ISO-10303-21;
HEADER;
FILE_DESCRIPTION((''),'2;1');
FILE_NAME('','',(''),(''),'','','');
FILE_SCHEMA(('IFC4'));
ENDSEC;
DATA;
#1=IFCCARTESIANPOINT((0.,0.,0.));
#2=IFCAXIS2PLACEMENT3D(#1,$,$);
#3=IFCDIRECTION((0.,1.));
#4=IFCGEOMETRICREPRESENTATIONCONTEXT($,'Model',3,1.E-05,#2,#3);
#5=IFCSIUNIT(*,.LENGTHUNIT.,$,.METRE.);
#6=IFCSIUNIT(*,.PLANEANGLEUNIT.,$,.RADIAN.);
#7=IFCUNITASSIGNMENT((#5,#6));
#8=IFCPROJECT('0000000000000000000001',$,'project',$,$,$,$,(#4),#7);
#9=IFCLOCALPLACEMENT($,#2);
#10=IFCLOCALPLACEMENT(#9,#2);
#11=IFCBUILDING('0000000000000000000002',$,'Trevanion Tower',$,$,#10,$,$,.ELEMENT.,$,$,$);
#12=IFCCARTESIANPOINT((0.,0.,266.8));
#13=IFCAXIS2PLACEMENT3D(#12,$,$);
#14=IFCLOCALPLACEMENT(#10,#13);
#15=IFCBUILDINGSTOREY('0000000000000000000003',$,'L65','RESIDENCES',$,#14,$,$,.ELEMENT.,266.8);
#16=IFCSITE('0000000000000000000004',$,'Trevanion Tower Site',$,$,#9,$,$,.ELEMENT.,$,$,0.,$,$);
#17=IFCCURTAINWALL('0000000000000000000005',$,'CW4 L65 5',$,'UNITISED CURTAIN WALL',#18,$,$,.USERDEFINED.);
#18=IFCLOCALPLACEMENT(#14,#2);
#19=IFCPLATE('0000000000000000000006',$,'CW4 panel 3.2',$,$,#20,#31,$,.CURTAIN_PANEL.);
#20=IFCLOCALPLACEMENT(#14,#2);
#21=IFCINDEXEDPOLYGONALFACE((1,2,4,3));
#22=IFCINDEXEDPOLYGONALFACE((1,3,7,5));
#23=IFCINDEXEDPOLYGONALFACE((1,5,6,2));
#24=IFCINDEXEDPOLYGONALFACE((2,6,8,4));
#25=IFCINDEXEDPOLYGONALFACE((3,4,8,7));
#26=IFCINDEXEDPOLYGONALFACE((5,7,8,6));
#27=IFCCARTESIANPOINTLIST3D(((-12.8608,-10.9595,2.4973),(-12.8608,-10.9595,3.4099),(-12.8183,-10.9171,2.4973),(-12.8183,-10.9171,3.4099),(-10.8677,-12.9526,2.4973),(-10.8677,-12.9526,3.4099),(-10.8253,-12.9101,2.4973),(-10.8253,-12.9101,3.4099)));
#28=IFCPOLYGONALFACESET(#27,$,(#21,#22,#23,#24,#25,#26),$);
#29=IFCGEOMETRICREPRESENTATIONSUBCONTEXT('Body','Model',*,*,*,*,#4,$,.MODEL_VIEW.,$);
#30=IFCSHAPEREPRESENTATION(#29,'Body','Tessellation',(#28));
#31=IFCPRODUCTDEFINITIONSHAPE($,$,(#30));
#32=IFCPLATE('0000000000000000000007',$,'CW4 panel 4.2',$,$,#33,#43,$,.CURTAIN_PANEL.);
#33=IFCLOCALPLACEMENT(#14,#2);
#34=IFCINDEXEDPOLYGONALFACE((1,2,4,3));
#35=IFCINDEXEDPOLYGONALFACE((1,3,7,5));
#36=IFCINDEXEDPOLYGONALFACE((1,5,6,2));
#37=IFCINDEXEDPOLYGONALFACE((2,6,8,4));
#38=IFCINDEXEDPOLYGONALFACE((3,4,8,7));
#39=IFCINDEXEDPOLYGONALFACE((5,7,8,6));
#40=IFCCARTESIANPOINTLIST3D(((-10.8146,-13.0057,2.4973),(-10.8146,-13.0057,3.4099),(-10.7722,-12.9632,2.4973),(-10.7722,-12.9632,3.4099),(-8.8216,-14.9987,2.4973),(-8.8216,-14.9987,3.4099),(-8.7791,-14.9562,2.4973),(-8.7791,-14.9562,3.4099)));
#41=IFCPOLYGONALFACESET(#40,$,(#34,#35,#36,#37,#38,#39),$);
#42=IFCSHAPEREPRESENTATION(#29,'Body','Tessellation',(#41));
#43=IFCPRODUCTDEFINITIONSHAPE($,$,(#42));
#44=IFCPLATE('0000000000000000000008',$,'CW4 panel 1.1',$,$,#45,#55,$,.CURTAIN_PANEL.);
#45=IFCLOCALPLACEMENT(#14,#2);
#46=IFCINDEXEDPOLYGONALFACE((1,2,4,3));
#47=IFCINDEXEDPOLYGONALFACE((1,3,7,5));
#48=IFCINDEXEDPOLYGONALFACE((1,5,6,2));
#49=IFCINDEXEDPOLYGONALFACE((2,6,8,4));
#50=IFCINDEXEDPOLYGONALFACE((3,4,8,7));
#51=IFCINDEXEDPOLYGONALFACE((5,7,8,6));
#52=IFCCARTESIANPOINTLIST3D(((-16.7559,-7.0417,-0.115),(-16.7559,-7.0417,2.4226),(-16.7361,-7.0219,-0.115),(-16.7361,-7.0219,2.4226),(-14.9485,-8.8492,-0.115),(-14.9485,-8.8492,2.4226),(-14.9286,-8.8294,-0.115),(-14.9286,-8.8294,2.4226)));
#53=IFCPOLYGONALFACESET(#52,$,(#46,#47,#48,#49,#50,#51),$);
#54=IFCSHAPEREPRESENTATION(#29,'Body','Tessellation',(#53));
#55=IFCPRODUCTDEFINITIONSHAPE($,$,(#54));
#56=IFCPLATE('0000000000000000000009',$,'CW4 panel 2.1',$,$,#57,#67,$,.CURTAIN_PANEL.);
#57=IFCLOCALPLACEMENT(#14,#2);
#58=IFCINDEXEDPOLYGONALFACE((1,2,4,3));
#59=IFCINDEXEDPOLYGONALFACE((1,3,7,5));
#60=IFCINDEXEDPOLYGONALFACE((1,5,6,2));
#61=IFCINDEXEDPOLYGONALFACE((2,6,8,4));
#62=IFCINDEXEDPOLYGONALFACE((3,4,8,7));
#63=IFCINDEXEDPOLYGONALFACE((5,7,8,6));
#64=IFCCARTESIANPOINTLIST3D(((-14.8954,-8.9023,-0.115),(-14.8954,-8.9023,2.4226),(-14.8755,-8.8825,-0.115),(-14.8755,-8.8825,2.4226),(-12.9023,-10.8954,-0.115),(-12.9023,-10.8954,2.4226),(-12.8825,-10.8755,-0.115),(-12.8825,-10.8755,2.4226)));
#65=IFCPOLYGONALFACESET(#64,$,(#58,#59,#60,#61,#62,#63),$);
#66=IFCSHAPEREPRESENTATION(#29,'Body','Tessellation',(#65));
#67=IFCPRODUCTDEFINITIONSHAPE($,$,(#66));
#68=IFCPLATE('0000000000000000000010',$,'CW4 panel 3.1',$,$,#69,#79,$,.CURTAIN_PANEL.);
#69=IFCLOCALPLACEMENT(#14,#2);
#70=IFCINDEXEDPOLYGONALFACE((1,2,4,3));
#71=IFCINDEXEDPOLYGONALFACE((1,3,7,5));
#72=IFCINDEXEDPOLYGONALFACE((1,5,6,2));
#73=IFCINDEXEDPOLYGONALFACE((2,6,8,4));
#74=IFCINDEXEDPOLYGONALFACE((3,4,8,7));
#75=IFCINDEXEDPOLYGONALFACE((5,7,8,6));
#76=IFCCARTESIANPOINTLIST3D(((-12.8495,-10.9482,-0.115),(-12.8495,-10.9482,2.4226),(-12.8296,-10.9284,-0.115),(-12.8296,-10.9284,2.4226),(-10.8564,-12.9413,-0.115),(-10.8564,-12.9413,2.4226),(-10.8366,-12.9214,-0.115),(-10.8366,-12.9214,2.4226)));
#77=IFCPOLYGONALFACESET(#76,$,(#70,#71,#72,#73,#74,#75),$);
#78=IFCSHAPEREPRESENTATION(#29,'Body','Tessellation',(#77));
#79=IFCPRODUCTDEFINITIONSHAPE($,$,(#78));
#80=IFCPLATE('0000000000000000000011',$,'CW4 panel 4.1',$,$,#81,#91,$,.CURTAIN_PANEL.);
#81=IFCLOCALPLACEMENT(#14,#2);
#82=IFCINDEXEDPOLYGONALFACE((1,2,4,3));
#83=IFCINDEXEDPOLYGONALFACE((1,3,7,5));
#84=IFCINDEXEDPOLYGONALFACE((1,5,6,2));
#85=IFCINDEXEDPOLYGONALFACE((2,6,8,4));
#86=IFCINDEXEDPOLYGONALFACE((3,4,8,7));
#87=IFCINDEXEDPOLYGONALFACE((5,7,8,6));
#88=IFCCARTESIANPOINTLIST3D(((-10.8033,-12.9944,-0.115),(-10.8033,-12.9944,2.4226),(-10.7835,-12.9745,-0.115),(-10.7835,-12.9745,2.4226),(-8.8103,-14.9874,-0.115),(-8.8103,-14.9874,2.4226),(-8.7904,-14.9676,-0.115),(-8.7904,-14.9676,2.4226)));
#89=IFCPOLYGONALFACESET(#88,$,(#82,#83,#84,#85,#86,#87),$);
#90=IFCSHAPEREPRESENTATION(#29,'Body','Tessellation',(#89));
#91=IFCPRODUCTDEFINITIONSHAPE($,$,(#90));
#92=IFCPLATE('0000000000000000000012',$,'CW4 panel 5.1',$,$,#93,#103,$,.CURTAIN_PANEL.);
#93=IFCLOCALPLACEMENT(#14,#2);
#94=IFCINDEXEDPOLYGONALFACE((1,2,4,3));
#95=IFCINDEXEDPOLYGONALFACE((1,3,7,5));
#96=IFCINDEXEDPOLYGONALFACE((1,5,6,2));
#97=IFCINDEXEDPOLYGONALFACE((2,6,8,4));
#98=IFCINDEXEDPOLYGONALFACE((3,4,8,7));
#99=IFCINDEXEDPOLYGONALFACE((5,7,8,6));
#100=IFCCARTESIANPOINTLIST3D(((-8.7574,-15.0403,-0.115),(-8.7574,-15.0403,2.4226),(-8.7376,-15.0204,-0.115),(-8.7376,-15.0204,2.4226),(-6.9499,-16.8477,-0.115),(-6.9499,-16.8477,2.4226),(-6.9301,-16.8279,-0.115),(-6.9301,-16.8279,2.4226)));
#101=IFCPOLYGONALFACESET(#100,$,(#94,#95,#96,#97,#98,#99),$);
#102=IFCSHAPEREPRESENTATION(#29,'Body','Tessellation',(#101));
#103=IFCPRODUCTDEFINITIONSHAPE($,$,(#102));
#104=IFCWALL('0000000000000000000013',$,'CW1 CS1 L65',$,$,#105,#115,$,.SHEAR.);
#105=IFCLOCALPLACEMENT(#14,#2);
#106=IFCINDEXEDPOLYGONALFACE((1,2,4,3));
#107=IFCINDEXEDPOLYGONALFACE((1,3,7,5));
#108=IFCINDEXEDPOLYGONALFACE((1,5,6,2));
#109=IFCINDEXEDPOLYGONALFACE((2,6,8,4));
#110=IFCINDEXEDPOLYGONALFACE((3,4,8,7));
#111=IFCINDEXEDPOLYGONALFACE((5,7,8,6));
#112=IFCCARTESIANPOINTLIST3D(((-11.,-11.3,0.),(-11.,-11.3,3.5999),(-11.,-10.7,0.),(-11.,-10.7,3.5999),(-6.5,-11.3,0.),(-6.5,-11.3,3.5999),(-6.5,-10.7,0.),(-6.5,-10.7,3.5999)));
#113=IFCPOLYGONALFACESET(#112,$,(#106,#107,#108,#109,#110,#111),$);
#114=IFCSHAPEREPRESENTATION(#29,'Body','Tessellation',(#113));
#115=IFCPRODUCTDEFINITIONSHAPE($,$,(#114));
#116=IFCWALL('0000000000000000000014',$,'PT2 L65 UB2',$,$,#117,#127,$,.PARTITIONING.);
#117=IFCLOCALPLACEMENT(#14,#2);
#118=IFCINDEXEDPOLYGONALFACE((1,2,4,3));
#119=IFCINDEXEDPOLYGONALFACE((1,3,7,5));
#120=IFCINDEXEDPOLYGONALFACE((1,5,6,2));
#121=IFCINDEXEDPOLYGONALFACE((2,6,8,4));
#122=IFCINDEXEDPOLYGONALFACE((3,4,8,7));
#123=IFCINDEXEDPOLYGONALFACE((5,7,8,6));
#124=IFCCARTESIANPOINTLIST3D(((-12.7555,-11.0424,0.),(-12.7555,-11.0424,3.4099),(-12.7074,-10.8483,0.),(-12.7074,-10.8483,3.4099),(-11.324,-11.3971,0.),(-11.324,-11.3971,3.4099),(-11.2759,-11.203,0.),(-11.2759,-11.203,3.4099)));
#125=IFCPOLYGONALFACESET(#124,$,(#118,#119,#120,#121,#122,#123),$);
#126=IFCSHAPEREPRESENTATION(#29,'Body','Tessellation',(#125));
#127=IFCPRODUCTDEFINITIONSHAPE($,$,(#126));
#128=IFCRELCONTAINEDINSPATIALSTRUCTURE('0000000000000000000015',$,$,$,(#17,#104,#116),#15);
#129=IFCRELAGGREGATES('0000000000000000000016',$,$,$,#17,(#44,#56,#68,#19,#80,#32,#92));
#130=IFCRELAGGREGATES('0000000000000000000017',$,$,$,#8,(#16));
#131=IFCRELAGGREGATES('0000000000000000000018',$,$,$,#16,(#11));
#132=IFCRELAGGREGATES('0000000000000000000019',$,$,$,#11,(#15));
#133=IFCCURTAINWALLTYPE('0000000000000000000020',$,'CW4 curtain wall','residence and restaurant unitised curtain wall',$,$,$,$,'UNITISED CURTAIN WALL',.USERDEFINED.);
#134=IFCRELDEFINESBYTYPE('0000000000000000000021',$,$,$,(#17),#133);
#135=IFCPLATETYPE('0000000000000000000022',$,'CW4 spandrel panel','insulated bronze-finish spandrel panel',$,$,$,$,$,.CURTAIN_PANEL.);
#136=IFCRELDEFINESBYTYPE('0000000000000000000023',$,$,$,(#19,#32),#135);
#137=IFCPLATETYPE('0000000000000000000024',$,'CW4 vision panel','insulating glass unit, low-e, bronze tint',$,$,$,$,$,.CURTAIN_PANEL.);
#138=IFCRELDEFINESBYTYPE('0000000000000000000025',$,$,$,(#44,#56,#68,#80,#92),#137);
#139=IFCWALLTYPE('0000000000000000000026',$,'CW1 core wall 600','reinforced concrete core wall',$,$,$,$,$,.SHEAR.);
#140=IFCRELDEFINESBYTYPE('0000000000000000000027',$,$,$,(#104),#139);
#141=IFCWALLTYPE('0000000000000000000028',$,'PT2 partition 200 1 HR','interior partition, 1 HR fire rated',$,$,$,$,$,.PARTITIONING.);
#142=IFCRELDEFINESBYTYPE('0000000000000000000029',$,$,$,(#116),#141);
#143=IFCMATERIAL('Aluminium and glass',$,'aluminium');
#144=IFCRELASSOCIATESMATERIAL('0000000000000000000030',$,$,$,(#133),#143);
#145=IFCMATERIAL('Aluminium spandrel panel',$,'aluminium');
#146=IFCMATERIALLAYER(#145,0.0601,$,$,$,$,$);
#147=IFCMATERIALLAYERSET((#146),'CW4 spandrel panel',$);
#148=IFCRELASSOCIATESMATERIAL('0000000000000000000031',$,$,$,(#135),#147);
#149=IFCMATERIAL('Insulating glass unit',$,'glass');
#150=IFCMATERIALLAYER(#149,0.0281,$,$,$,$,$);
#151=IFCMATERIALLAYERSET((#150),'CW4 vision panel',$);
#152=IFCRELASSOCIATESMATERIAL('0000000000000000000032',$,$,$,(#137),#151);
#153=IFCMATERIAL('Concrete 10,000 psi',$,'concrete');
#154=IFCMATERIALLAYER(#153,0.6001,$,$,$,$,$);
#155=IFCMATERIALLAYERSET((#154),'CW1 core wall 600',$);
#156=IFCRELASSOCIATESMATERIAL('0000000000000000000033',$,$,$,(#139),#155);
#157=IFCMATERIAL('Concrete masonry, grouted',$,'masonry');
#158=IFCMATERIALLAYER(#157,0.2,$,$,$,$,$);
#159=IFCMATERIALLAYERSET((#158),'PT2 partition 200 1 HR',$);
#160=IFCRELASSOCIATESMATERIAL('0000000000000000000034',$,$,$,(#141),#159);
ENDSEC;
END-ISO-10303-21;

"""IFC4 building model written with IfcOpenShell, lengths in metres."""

from ifc_helpers import new_model, si_unit, direction, frame, frame_2d, origin, origin_2d, place, context, subcontext, project, spatial, rectangle, extrude, material, layer, layer_set, type_object, element, aggregate, save


model = new_model("IFC4")

# Units and contexts
model_context = context("Model", 3, precision=1e-05, world=origin(), true_north=direction((0.0, 1.0)))
body_context = subcontext(model_context, "Body", "Model", "MODEL_VIEW")
ifc_project = project(units=[si_unit("LENGTHUNIT", "METRE"), si_unit("PLANEANGLEUNIT", "RADIAN")], contexts=[model_context])

# Site, building, storey
site_placement = place(None, origin())
site = spatial("IfcSite", under=ifc_project, at=site_placement, Name="Trevanion Tower Site", CompositionType="ELEMENT", RefElevation=0.0)
building_placement = place(site_placement, origin())
building = spatial("IfcBuilding", under=site, at=building_placement, Name="Trevanion Tower", CompositionType="ELEMENT")
storey_placement = place(building_placement, frame((0.0, 0.0, 266.8)))
storey = spatial("IfcBuildingStorey", under=building, at=storey_placement, Name="L65", Description="RESIDENCES", CompositionType="ELEMENT", Elevation=266.8)

# Curtain wall, plates
ifc_material_1 = material(Name="Aluminium and glass", Category="aluminium")
curtain_wall_type = type_object("IfcCurtainWallType", Name="CW4 curtain wall", Description="residence and restaurant unitised curtain wall", ElementType="UNITISED CURTAIN WALL", PredefinedType="USERDEFINED", material=ifc_material_1)
curtain_wall_placement = place(storey_placement, origin())
curtain_wall = element("IfcCurtainWall", 1, at=curtain_wall_placement, inside=storey, type_object=curtain_wall_type, Name="CW4 L65 5", ObjectType="UNITISED CURTAIN WALL", PredefinedType="USERDEFINED")
ifc_material_2 = material(Name="Aluminium spandrel panel", Category="aluminium")
ifc_layer_1 = layer(ifc_material_2, 0.0601)
ifc_layer_set_1 = layer_set([ifc_layer_1], Name="CW4 spandrel panel")
plate_type_1 = type_object("IfcPlateType", Name="CW4 spandrel panel", Description="insulated bronze-finish spandrel panel", PredefinedType="CURTAIN_PANEL", material=ifc_layer_set_1)
plate_1_placement = place(storey_placement, frame((-11.843, -11.9348, 2.4973), z_axis=(0.0, 0.0, 1.0), x_axis=(0.707107, -0.707107, 0.0)))
plate_1 = element("IfcPlate", 2, at=plate_1_placement, type_object=plate_type_1, Name="CW4 panel 3.2", PredefinedType="CURTAIN_PANEL", context=body_context, shape_type="SweptSolid", body=[
    extrude(rectangle(XDim=2.8186, YDim=0.0601, at=origin_2d()), origin(), (0.0, 0.0, 1.0), 0.9126),
])
plate_2_placement = place(storey_placement, frame((-9.7969, -13.981, 2.4973), z_axis=(0.0, 0.0, 1.0), x_axis=(0.707107, -0.707107, 0.0)))
plate_2 = element("IfcPlate", 3, at=plate_2_placement, type_object=plate_type_1, Name="CW4 panel 4.2", PredefinedType="CURTAIN_PANEL", context=body_context, shape_type="SweptSolid", body=[
    extrude(rectangle(XDim=2.8186, YDim=0.0601, at=origin_2d()), origin(), (0.0, 0.0, 1.0), 0.9126),
])
ifc_material_3 = material(Name="Insulating glass unit", Category="glass")
ifc_layer_2 = layer(ifc_material_3, 0.0281)
ifc_layer_set_2 = layer_set([ifc_layer_2], Name="CW4 vision panel")
plate_type_2 = type_object("IfcPlateType", Name="CW4 vision panel", Description="insulating glass unit, low-e, bronze tint", PredefinedType="CURTAIN_PANEL", material=ifc_layer_set_2)
plate_3_placement = place(storey_placement, frame((-15.8423, -7.9355, -0.115), z_axis=(0.0, 0.0, 1.0), x_axis=(0.707107, -0.707107, 0.0)))
plate_3 = element("IfcPlate", 4, at=plate_3_placement, type_object=plate_type_2, Name="CW4 panel 1.1", PredefinedType="CURTAIN_PANEL", context=body_context, shape_type="SweptSolid", body=[
    extrude(rectangle(XDim=2.5562, YDim=0.0281, at=origin_2d()), origin(), (0.0, 0.0, 1.0), 2.5376),
])
plate_4_placement = place(storey_placement, frame((-13.8889, -9.8889, -0.115), z_axis=(0.0, 0.0, 1.0), x_axis=(0.707107, -0.707107, 0.0)))
plate_4 = element("IfcPlate", 5, at=plate_4_placement, type_object=plate_type_2, Name="CW4 panel 2.1", PredefinedType="CURTAIN_PANEL", context=body_context, shape_type="SweptSolid", body=[
    extrude(rectangle(XDim=2.8186, YDim=0.0281, at=origin_2d()), origin(), (0.0, 0.0, 1.0), 2.5376),
])
plate_5_placement = place(storey_placement, frame((-11.843, -11.9348, -0.115), z_axis=(0.0, 0.0, 1.0), x_axis=(0.707107, -0.707107, 0.0)))
plate_5 = element("IfcPlate", 6, at=plate_5_placement, type_object=plate_type_2, Name="CW4 panel 3.1", PredefinedType="CURTAIN_PANEL", context=body_context, shape_type="SweptSolid", body=[
    extrude(rectangle(XDim=2.8186, YDim=0.0281, at=origin_2d()), origin(), (0.0, 0.0, 1.0), 2.5376),
])
plate_6_placement = place(storey_placement, frame((-9.7969, -13.981, -0.115), z_axis=(0.0, 0.0, 1.0), x_axis=(0.707107, -0.707107, 0.0)))
plate_6 = element("IfcPlate", 7, at=plate_6_placement, type_object=plate_type_2, Name="CW4 panel 4.1", PredefinedType="CURTAIN_PANEL", context=body_context, shape_type="SweptSolid", body=[
    extrude(rectangle(XDim=2.8186, YDim=0.0281, at=origin_2d()), origin(), (0.0, 0.0, 1.0), 2.5376),
])
plate_7_placement = place(storey_placement, frame((-7.8438, -15.9341, -0.115), z_axis=(0.0, 0.0, 1.0), x_axis=(0.707107, -0.707107, 0.0)))
plate_7 = element("IfcPlate", 8, at=plate_7_placement, type_object=plate_type_2, Name="CW4 panel 5.1", PredefinedType="CURTAIN_PANEL", context=body_context, shape_type="SweptSolid", body=[
    extrude(rectangle(XDim=2.5562, YDim=0.0281, at=origin_2d()), origin(), (0.0, 0.0, 1.0), 2.5376),
])
aggregate(curtain_wall, [plate_3, plate_4, plate_5, plate_1, plate_6, plate_2, plate_7])

# Walls
ifc_material_4 = material(Name="Concrete 10,000 psi", Category="concrete")
ifc_layer_3 = layer(ifc_material_4, 0.6001)
ifc_layer_set_3 = layer_set([ifc_layer_3], Name="CW1 core wall 600")
wall_type_1 = type_object("IfcWallType", Name="CW1 core wall 600", Description="reinforced concrete core wall", PredefinedType="SHEAR", material=ifc_layer_set_3)
wall_1_placement = place(storey_placement, frame((-11.0, -11.0, 0.0), z_axis=(0.0, 0.0, 1.0), x_axis=(1.0, 0.0, 0.0)))
element("IfcWall", 9, at=wall_1_placement, inside=storey, type_object=wall_type_1, Name="CW1 CS1 L65", PredefinedType="SHEAR", context=body_context, shape_type="SweptSolid", body=[
    extrude(rectangle(XDim=4.5, YDim=0.6001, at=frame_2d((2.25, 0.0))), origin(), (0.0, 0.0, 1.0), 3.5999),
])
ifc_material_5 = material(Name="Concrete masonry, grouted", Category="masonry")
ifc_layer_4 = layer(ifc_material_5, 0.2)
ifc_layer_set_4 = layer_set([ifc_layer_4], Name="PT2 partition 200 1 HR")
wall_type_2 = type_object("IfcWallType", Name="PT2 partition 200 1 HR", Description="interior partition, 1 HR fire rated", PredefinedType="PARTITIONING", material=ifc_layer_set_4)
wall_2_placement = place(storey_placement, frame((-11.3, -11.3, 0.0), z_axis=(0.0, 0.0, 1.0), x_axis=(-0.970647, 0.24051, 0.0)))
element("IfcWall", 10, at=wall_2_placement, inside=storey, type_object=wall_type_2, Name="PT2 L65 UB2", PredefinedType="PARTITIONING", context=body_context, shape_type="SweptSolid", body=[
    extrude(rectangle(XDim=1.4749, YDim=0.2, at=frame_2d((0.7373, 0.0))), origin(), (0.0, 0.0, 1.0), 3.4099),
])

save(model, "model.ifc")
